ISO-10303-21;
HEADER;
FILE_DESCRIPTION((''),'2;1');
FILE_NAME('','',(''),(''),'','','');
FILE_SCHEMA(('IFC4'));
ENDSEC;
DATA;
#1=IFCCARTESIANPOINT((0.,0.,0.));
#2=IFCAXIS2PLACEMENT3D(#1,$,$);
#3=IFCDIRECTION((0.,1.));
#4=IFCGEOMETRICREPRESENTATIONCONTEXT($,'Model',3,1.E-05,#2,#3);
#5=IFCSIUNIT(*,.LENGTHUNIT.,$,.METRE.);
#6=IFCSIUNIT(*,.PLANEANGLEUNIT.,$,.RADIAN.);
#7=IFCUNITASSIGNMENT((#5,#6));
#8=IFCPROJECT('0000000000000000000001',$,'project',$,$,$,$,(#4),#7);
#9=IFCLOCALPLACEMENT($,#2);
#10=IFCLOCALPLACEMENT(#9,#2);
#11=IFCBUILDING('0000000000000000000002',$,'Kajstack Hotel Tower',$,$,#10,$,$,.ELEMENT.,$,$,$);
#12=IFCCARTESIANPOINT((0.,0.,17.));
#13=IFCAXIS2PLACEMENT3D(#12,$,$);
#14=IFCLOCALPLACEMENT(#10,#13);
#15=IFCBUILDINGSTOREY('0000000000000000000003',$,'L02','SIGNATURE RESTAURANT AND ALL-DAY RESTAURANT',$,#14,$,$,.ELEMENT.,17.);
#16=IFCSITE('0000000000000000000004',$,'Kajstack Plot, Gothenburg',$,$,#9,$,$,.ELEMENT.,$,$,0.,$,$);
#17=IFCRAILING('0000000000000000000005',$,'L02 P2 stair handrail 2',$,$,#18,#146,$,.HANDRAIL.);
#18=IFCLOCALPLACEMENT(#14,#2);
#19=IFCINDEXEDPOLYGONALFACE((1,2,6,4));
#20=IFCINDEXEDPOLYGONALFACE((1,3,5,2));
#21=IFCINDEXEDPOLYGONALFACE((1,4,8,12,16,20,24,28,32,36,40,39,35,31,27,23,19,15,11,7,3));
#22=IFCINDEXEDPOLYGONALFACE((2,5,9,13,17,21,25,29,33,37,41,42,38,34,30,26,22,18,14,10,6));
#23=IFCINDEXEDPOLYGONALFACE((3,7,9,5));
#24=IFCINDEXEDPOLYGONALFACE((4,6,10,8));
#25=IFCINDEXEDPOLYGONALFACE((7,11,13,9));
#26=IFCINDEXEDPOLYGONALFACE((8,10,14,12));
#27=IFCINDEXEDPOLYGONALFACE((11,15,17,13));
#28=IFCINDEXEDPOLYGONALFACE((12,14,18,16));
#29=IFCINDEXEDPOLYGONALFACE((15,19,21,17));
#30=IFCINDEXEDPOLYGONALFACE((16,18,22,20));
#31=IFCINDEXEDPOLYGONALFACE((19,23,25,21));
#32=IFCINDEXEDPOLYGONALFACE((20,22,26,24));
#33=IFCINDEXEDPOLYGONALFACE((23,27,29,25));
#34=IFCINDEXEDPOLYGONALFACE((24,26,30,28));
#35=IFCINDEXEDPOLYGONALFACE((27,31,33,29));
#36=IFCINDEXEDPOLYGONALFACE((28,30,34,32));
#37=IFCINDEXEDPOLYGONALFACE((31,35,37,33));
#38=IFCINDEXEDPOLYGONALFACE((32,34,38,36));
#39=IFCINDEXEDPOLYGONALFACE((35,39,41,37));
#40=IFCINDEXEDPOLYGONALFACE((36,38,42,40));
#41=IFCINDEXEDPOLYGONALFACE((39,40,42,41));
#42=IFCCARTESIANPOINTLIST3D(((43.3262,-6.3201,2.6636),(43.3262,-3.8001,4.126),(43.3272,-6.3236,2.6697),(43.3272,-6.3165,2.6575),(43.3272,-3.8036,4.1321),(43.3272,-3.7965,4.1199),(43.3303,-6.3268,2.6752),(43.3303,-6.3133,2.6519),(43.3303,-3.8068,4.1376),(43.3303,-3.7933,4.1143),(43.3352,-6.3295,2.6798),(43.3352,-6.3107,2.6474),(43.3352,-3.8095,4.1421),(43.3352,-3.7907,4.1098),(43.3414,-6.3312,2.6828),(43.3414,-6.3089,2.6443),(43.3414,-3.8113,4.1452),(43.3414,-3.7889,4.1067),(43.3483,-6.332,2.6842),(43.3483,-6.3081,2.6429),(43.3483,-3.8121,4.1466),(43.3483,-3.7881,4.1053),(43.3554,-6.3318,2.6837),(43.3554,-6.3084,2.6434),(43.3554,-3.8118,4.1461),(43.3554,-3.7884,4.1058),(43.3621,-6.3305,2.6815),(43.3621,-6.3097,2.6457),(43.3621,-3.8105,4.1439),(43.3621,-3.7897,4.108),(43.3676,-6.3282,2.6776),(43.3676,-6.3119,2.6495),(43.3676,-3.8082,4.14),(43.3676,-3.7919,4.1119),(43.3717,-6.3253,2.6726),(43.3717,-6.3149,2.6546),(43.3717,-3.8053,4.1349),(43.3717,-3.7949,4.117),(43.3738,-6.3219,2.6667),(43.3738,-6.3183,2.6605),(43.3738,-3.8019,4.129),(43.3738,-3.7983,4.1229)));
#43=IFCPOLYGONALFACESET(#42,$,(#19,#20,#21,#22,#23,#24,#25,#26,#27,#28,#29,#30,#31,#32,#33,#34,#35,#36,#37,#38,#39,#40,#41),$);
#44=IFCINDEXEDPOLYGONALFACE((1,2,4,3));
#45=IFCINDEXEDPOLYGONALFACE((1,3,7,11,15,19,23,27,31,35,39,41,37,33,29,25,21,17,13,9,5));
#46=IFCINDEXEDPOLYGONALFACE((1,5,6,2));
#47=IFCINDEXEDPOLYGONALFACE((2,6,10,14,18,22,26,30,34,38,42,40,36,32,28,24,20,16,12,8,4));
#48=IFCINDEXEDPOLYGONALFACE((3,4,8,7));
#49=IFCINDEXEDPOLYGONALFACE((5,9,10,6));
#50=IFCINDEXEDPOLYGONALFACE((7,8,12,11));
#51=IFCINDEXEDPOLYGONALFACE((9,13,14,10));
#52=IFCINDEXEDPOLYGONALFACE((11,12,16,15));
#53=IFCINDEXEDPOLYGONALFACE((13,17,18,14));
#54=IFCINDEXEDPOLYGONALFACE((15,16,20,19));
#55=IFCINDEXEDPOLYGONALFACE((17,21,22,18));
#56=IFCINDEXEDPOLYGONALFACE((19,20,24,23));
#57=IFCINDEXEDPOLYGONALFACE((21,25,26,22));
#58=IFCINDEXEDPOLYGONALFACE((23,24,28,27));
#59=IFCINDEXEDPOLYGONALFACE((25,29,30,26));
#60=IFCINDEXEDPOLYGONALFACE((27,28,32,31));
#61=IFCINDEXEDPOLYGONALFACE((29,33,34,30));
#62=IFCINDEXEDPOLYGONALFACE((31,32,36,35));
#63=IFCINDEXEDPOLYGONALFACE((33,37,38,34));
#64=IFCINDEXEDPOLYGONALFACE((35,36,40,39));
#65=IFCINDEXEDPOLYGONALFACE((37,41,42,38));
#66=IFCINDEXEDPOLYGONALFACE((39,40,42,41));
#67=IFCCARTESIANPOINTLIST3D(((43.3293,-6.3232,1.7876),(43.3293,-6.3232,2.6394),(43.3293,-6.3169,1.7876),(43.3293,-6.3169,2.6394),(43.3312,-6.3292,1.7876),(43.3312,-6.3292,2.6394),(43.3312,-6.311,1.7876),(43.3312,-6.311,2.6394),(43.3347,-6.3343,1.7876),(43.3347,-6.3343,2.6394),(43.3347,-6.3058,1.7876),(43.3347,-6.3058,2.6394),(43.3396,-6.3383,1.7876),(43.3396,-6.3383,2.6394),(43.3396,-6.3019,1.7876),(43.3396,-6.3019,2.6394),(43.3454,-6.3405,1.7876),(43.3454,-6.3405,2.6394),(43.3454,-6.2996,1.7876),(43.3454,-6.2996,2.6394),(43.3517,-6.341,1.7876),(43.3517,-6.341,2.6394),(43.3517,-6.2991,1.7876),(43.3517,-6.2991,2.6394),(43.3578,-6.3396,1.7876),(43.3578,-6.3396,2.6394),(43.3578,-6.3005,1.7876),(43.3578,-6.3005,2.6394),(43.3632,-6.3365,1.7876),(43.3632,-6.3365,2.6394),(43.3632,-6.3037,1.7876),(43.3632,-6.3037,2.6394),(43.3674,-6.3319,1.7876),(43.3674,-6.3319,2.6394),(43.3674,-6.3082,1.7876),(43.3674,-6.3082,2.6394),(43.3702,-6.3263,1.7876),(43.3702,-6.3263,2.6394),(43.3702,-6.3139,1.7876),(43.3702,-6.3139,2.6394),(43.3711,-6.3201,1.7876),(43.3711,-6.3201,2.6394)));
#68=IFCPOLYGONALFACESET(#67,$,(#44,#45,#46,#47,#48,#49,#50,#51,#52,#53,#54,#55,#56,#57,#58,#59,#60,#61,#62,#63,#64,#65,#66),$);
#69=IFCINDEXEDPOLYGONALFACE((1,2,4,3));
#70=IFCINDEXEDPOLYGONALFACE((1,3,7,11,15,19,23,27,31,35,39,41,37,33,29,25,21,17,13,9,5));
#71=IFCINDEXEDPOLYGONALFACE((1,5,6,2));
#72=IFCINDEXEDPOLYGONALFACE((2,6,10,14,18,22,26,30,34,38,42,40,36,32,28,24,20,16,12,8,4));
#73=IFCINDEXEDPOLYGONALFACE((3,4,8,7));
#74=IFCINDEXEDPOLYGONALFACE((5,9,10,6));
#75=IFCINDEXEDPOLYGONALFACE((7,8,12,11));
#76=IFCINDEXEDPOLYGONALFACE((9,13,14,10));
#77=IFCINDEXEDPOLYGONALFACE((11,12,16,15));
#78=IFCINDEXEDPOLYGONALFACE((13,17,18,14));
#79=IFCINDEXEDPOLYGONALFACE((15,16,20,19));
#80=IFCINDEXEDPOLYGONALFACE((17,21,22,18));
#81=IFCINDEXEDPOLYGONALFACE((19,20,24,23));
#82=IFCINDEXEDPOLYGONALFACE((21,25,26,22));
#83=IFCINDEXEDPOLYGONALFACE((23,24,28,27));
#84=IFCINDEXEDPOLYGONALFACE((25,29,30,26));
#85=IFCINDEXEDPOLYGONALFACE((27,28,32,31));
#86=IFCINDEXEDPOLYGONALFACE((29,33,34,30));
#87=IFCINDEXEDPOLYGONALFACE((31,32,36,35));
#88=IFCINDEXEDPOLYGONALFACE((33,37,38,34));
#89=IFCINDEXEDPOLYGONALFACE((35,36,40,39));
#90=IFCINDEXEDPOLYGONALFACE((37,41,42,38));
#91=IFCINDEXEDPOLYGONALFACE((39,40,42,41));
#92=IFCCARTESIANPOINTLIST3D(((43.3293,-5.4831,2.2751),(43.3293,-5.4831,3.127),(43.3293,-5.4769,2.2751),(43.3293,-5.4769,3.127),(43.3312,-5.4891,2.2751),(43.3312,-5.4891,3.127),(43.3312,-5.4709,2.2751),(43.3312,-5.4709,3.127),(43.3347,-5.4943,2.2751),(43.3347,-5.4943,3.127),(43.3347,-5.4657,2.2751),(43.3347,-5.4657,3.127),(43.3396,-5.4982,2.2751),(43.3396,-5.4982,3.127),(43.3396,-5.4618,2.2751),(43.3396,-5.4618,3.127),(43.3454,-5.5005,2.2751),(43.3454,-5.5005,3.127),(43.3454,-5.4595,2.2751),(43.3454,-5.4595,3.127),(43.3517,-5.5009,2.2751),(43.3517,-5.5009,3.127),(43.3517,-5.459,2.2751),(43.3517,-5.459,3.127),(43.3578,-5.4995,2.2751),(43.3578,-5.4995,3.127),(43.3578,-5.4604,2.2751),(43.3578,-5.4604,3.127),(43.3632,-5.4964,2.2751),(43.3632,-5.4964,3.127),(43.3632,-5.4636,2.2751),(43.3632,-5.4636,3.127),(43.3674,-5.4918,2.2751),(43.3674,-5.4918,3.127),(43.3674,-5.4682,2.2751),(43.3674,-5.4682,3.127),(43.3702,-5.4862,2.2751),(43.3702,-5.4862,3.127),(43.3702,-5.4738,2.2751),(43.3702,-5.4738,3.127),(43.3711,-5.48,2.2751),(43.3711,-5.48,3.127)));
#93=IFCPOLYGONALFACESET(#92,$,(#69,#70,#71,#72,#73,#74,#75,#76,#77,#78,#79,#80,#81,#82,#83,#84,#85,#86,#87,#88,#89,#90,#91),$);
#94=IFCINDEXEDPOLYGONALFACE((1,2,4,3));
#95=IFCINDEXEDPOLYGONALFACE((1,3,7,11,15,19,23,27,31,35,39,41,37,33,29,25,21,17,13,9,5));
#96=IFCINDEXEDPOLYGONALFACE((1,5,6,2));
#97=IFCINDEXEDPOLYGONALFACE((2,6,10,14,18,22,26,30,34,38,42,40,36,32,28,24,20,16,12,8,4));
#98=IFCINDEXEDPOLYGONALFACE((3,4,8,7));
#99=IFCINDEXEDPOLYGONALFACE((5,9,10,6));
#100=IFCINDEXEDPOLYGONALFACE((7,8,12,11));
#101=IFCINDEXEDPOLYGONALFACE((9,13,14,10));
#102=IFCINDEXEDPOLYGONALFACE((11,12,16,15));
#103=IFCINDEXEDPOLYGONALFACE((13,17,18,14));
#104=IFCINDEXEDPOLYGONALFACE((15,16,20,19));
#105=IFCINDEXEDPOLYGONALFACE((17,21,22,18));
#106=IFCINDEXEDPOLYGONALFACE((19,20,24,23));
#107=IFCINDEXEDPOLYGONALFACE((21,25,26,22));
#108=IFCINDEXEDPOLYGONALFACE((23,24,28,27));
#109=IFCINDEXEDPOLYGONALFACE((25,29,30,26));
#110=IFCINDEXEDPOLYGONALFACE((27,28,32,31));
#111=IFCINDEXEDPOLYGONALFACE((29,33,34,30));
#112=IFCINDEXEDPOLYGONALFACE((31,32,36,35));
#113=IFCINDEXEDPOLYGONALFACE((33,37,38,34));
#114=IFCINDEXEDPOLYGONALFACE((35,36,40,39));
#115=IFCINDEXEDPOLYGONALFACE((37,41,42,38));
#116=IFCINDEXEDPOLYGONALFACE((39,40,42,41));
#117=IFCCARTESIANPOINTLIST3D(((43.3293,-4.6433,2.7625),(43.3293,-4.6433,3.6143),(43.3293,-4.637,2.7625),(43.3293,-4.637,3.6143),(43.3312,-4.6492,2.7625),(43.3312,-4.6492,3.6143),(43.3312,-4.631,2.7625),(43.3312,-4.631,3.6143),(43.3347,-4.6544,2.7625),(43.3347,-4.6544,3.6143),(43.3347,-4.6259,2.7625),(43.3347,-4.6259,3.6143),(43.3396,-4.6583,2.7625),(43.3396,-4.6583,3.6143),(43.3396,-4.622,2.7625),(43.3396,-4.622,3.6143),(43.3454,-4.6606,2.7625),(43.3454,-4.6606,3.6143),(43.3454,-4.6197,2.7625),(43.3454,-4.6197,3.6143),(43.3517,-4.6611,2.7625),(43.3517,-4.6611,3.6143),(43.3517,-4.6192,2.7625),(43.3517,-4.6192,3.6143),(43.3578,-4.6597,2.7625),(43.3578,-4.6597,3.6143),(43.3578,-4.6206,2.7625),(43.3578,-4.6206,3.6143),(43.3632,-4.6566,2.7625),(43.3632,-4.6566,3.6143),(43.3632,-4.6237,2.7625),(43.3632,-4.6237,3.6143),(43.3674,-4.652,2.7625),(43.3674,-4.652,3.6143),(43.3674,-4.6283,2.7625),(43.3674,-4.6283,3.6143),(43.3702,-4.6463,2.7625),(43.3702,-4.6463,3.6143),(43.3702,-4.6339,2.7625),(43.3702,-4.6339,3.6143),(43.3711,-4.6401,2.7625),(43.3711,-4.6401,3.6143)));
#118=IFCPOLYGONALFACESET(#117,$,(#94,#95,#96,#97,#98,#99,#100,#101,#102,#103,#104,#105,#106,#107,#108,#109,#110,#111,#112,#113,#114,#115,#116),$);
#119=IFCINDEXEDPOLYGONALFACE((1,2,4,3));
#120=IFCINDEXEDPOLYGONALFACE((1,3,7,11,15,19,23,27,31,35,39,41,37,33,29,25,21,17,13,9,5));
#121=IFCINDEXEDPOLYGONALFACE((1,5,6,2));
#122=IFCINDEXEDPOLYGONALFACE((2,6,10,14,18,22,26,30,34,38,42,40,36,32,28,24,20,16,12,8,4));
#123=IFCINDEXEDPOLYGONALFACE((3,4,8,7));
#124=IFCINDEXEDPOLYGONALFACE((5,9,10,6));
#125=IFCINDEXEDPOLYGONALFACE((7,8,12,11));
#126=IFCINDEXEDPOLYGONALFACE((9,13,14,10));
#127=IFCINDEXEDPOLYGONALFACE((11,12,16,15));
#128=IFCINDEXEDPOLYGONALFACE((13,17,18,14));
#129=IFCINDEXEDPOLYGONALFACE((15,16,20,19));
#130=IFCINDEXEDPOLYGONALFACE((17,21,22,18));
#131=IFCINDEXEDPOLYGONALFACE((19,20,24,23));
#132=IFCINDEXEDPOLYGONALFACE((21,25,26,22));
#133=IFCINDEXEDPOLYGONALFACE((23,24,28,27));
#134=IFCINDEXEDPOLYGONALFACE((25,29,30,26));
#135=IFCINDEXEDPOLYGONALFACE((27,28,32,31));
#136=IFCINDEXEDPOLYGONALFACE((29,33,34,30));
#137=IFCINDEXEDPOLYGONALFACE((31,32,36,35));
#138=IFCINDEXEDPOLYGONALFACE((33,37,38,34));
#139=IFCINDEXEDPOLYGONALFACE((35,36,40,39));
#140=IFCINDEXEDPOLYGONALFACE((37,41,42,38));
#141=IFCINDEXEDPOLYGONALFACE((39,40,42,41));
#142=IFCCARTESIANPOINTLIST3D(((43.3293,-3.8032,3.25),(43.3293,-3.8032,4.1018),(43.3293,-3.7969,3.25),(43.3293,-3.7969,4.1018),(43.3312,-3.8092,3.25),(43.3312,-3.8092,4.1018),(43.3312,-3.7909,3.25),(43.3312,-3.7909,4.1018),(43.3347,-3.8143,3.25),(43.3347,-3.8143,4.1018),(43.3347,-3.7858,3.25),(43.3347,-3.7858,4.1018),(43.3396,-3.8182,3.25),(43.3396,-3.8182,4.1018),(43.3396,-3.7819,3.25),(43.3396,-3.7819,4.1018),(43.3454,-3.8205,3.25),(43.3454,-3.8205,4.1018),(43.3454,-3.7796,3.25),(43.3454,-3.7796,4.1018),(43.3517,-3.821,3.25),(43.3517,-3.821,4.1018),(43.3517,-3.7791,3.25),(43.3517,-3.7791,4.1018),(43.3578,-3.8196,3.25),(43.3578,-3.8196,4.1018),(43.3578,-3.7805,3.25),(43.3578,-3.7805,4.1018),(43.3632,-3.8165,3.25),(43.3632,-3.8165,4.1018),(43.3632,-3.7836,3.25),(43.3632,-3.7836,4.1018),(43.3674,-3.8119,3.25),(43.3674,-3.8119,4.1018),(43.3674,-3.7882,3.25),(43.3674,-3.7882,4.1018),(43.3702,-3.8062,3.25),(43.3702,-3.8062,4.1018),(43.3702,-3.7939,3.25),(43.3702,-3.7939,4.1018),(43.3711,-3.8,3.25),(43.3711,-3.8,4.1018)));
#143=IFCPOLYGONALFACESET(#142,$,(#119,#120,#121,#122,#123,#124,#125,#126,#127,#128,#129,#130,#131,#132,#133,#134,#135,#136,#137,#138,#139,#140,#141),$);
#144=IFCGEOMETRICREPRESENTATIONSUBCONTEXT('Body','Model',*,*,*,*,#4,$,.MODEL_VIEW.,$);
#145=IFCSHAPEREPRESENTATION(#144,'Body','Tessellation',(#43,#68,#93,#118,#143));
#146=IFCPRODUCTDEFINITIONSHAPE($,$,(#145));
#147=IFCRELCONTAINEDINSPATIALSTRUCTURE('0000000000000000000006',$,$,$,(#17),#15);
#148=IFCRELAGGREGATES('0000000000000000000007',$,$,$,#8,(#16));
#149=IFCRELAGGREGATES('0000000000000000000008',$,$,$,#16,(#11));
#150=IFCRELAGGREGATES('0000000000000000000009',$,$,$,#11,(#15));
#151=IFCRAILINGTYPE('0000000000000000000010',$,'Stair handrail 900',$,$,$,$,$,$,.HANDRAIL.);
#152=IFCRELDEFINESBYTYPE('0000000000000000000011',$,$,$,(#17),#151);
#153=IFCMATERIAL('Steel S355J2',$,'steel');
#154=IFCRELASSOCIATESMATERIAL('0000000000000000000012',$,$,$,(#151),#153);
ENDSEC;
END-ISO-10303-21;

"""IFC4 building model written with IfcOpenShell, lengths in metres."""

from ifc_helpers import new_model, si_unit, direction, frame, origin, origin_2d, place, context, subcontext, project, spatial, circle, extrude, material, type_object, element, save


model = new_model("IFC4")

# Units and contexts
model_context = context("Model", 3, precision=1e-05, world=origin(), true_north=direction((0.0, 1.0)))
body_context = subcontext(model_context, "Body", "Model", "MODEL_VIEW")
ifc_project = project(units=[si_unit("LENGTHUNIT", "METRE"), si_unit("PLANEANGLEUNIT", "RADIAN")], contexts=[model_context])

# Site, building, storey
site_placement = place(None, origin())
site = spatial("IfcSite", under=ifc_project, at=site_placement, Name="Kajstack Plot, Gothenburg", CompositionType="ELEMENT", RefElevation=0.0)
building_placement = place(site_placement, origin())
building = spatial("IfcBuilding", under=site, at=building_placement, Name="Kajstack Hotel Tower", CompositionType="ELEMENT")
storey_placement = place(building_placement, frame((0.0, 0.0, 17.0)))
storey = spatial("IfcBuildingStorey", under=building, at=storey_placement, Name="L02", Description="SIGNATURE RESTAURANT AND ALL-DAY RESTAURANT", CompositionType="ELEMENT", Elevation=17.0)

# Railing
ifc_material_1 = material(Name="Steel S355J2", Category="steel")
railing_type_1 = type_object("IfcRailingType", Name="Stair handrail 900", PredefinedType="HANDRAIL", material=ifc_material_1)
railing_1_placement = place(storey_placement, frame((43.3501, -6.3201, 1.7876)))
element("IfcRailing", 1, at=railing_1_placement, inside=storey, type_object=railing_type_1, Name="L02 P2 stair handrail 2", PredefinedType="HANDRAIL", context=body_context, shape_type="SweptSolid", body=[
    extrude(circle(Radius=0.0239, at=origin_2d()), frame((0.0, 0.0, 0.876), z_axis=(0.0, 0.864913, 0.501921), x_axis=(-1.0, 0.0, 0.0)), (0.0, 0.0, 1.0), 2.9136),
    extrude(circle(Radius=0.021, at=origin_2d()), origin(), (0.0, 0.0, 1.0), 0.8518),
    extrude(circle(Radius=0.021, at=origin_2d()), frame((0.0, 0.8401, 0.4875)), (0.0, 0.0, 1.0), 0.8518),
    extrude(circle(Radius=0.021, at=origin_2d()), frame((0.0, 1.6799, 0.9749)), (0.0, 0.0, 1.0), 0.8518),
    extrude(circle(Radius=0.021, at=origin_2d()), frame((0.0, 2.52, 1.4624)), (0.0, 0.0, 1.0), 0.8518),
])

save(model, "model.ifc")
